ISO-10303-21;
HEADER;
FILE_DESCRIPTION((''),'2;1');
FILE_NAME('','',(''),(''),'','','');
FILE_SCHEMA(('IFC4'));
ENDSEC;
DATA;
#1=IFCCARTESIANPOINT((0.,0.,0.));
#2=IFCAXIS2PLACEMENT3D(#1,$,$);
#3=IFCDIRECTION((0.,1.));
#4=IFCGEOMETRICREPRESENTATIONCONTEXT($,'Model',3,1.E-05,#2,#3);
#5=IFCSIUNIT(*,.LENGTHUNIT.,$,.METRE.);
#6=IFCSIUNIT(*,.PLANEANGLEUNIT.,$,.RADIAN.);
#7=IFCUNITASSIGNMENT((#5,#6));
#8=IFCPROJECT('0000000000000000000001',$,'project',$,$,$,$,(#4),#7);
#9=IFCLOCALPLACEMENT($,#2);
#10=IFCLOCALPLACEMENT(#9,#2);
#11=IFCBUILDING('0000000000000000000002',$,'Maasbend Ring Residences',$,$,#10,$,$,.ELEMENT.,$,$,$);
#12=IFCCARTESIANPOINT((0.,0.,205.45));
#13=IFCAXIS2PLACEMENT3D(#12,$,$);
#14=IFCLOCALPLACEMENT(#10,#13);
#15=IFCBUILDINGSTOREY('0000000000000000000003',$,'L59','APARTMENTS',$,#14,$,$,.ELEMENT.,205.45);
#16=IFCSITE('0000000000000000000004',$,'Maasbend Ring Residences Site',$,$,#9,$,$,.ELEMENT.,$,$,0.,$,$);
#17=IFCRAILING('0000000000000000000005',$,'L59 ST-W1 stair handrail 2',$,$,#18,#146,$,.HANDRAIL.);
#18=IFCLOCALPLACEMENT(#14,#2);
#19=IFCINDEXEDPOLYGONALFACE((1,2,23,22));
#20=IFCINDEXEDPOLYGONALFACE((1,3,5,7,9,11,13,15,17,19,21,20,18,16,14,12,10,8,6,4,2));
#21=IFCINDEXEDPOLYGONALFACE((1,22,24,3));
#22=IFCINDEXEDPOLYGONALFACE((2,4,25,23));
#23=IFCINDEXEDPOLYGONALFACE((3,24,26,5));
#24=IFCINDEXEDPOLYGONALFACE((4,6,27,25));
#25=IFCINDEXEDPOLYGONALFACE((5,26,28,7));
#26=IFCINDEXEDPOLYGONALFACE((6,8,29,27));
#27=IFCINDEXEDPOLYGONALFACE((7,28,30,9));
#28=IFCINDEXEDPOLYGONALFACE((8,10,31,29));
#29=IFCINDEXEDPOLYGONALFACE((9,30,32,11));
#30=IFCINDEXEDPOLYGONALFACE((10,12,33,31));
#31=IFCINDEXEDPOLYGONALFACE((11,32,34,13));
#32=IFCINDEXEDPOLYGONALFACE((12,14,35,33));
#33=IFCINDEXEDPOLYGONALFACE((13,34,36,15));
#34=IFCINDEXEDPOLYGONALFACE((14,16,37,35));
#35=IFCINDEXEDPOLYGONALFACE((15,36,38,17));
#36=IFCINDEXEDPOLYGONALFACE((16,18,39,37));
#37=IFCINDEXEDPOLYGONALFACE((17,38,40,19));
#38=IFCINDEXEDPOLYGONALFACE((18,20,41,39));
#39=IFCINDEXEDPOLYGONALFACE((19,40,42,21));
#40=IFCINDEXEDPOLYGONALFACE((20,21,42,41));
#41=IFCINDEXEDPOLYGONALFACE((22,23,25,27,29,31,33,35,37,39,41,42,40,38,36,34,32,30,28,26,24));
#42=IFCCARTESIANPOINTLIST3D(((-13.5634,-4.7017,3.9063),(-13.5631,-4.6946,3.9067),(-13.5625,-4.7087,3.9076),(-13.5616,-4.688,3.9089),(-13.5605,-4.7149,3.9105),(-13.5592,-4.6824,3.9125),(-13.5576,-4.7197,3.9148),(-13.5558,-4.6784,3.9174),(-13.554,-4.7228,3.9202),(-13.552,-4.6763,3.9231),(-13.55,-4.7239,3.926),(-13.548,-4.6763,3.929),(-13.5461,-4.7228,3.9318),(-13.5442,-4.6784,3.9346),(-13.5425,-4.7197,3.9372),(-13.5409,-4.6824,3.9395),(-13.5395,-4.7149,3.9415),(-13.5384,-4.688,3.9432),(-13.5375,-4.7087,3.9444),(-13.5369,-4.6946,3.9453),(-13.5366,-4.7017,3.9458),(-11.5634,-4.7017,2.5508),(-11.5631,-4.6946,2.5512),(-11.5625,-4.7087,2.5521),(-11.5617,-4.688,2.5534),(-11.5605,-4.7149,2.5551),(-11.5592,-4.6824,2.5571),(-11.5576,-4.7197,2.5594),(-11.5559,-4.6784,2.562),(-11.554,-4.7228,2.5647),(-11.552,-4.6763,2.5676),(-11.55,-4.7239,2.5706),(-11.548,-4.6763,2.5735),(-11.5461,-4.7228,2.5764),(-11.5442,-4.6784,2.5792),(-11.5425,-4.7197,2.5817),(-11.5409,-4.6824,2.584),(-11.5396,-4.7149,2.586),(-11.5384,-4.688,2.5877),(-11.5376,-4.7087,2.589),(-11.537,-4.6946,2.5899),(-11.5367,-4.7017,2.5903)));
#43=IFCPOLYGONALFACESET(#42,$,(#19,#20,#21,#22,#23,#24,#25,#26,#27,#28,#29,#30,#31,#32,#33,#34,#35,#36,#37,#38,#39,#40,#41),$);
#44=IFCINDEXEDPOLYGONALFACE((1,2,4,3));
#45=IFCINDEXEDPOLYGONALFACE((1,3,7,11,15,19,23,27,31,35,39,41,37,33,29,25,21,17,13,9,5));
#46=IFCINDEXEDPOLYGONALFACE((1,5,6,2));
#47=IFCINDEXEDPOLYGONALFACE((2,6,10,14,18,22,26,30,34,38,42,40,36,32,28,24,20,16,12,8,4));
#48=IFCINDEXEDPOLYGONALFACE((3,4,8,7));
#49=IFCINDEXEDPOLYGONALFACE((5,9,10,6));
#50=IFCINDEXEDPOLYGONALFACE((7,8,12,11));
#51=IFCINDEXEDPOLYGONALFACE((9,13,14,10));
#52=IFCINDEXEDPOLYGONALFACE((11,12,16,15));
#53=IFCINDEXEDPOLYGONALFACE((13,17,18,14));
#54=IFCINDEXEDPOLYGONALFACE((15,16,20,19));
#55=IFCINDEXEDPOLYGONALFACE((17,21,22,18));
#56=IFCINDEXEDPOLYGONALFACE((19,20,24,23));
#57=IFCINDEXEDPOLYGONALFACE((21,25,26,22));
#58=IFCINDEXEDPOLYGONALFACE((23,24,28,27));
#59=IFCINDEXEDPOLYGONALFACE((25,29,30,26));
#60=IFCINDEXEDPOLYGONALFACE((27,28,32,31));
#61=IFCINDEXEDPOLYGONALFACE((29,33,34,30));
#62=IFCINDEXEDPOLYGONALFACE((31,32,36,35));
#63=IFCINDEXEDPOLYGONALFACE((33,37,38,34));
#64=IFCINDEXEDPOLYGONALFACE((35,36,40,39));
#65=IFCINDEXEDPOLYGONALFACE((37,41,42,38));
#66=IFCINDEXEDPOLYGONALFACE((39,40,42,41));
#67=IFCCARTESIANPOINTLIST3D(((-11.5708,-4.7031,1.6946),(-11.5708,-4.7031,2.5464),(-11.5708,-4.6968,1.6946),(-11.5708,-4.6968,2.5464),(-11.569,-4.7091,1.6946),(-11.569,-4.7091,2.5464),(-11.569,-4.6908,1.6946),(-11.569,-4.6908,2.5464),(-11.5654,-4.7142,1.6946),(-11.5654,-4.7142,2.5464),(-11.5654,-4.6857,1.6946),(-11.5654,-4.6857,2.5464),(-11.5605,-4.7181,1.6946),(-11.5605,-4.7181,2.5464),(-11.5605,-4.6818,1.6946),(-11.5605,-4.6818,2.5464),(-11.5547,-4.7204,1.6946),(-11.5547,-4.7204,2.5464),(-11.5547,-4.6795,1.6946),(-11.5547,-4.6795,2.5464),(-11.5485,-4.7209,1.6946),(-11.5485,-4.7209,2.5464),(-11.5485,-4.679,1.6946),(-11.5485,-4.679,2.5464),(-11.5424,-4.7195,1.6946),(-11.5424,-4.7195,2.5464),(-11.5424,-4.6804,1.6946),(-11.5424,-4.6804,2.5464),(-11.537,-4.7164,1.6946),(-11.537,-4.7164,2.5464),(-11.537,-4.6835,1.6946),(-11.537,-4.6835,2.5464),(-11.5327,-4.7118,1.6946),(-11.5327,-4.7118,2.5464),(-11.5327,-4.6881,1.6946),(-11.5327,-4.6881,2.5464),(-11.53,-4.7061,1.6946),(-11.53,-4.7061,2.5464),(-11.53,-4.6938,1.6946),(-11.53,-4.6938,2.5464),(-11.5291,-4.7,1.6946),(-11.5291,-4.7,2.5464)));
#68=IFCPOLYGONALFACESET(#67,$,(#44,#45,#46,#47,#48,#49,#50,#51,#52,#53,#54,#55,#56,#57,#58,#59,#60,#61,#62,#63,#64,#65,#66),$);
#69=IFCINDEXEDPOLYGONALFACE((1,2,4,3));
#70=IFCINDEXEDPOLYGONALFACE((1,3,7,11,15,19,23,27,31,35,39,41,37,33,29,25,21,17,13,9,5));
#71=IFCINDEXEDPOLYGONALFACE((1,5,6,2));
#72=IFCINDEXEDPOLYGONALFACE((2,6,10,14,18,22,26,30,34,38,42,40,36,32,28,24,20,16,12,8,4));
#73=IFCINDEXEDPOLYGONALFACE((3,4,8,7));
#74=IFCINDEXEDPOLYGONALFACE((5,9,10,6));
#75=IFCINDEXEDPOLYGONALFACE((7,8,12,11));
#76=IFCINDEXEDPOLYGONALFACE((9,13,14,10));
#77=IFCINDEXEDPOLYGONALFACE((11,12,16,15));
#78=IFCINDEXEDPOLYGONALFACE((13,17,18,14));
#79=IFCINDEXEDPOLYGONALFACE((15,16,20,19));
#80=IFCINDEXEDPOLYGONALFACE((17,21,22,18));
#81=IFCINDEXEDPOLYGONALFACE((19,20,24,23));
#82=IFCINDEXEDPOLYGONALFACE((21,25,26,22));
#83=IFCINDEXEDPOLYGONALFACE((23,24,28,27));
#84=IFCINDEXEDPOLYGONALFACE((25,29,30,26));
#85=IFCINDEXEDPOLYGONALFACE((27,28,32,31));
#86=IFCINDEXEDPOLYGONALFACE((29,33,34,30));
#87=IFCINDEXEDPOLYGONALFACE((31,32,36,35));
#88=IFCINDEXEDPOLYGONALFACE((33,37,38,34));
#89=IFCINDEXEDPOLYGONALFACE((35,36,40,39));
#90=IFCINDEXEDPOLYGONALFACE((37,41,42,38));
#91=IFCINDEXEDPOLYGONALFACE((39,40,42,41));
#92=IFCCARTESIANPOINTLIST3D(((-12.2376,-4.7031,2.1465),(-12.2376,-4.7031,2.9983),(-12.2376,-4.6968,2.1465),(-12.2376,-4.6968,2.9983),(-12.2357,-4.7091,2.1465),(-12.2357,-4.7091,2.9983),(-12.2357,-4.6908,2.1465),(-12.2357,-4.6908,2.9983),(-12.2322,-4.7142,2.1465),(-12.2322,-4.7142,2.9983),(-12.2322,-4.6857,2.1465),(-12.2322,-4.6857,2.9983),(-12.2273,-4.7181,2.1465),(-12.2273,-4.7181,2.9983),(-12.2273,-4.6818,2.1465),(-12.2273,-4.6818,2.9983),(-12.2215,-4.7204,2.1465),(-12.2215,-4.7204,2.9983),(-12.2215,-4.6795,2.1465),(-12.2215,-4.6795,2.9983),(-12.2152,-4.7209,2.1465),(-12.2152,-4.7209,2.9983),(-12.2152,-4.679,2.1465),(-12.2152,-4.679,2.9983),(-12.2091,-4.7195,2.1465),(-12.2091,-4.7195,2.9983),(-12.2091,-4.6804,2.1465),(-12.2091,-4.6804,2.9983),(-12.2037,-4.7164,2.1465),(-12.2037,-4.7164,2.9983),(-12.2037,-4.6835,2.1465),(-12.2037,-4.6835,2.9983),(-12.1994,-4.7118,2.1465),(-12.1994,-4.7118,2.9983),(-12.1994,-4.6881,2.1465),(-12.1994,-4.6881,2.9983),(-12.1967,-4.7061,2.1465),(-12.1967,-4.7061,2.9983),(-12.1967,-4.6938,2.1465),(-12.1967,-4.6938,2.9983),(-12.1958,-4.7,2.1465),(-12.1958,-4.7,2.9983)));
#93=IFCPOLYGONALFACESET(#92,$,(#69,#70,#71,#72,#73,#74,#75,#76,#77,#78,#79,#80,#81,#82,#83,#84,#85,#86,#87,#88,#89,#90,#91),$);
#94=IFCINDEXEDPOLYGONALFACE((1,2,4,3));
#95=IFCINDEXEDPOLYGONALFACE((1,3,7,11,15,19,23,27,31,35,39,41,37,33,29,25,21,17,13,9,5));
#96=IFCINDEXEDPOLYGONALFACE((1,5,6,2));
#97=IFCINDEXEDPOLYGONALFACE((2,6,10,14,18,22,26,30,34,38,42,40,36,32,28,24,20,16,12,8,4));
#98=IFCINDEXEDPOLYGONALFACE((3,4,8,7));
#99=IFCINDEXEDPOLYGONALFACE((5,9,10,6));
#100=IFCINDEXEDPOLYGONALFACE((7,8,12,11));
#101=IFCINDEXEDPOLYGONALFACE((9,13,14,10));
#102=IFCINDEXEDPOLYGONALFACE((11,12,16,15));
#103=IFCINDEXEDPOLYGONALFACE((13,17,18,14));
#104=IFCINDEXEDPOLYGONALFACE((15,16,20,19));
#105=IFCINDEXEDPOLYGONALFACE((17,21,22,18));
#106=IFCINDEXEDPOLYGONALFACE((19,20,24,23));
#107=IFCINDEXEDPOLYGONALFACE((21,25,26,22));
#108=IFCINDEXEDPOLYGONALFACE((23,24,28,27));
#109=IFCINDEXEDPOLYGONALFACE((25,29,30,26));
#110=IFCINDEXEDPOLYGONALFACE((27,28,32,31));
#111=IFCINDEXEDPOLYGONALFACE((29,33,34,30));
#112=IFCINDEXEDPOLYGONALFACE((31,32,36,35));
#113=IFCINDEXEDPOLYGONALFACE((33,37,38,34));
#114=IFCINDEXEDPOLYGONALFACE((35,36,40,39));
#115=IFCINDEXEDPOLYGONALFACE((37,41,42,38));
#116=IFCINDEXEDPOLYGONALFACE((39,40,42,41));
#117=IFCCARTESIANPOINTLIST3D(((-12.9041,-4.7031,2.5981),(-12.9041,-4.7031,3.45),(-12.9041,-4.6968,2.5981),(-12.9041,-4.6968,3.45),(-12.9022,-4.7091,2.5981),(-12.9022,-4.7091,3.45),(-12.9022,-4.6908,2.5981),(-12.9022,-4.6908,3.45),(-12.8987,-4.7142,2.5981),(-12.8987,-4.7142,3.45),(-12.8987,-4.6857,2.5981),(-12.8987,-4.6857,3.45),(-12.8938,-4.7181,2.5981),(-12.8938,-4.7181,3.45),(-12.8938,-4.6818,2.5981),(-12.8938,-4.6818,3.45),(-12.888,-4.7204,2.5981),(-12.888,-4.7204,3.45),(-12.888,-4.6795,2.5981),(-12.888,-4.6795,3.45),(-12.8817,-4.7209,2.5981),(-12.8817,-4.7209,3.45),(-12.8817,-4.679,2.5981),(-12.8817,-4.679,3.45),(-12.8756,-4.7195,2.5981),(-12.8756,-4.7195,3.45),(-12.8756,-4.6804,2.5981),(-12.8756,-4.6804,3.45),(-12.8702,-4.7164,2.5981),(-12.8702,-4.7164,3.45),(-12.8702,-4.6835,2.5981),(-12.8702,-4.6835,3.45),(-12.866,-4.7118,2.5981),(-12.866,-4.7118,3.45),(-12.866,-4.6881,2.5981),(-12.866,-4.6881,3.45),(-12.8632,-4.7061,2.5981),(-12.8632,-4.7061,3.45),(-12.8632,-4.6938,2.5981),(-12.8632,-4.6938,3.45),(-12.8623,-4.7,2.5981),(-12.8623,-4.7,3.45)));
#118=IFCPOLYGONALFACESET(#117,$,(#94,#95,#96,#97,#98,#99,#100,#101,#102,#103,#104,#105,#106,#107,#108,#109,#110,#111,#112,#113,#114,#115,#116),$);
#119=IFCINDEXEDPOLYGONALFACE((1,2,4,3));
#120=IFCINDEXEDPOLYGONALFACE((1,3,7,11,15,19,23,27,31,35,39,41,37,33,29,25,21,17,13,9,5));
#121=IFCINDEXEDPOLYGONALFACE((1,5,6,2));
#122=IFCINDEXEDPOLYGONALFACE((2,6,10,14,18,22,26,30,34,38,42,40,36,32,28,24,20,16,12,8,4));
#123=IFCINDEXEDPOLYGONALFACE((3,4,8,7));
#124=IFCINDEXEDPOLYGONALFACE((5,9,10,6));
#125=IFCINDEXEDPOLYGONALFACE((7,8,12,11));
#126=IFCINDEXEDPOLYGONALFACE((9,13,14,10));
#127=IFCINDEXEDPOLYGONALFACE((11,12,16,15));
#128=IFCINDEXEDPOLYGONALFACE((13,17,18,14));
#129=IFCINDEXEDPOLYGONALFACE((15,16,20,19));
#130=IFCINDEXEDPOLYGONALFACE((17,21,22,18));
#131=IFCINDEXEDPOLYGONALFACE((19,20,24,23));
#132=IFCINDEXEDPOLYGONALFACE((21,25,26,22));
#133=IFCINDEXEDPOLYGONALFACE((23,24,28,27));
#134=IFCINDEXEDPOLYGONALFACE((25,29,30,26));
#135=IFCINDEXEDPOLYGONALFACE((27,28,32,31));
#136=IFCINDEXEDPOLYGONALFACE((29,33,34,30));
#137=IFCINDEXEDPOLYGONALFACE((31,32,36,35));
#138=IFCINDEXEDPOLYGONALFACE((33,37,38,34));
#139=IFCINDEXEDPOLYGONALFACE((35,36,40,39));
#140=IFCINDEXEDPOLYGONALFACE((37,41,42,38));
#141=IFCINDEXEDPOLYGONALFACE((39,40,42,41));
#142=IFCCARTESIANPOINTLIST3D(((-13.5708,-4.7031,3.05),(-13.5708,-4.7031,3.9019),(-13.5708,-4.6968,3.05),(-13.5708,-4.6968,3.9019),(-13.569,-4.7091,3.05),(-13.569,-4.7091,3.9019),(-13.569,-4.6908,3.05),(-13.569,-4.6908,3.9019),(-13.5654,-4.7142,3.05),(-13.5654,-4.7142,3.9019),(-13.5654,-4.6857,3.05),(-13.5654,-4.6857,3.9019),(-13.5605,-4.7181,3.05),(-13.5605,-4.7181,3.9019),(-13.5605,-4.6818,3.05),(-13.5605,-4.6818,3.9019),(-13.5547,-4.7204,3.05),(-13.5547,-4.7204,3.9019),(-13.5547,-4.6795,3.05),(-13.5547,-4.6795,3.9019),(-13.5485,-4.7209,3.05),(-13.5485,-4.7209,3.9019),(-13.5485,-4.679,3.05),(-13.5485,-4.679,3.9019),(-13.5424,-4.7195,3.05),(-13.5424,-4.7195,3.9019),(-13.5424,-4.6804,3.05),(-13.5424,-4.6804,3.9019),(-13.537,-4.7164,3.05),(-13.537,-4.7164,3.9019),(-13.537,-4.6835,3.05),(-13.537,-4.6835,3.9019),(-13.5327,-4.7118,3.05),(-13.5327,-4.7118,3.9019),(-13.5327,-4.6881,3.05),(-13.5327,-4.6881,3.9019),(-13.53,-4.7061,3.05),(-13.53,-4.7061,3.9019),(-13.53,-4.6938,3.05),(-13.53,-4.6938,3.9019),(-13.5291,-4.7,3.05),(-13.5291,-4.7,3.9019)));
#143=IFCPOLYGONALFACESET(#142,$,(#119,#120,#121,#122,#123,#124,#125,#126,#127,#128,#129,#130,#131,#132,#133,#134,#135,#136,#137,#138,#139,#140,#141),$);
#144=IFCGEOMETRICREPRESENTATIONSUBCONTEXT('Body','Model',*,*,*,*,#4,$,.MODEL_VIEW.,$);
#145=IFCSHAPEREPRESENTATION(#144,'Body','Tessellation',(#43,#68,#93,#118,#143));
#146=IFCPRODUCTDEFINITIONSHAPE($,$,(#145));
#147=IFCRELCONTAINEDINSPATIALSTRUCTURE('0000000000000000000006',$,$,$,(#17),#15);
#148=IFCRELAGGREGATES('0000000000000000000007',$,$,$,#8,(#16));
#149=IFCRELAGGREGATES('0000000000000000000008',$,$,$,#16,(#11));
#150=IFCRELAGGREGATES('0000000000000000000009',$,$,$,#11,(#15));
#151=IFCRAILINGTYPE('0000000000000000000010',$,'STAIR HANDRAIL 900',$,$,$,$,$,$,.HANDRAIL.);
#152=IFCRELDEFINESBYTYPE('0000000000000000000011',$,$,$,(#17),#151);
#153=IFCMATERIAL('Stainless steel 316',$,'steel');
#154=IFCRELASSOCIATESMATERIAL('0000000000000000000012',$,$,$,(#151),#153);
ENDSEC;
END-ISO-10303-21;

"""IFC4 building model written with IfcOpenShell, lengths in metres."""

from ifc_helpers import new_model, si_unit, direction, frame, origin, origin_2d, place, context, subcontext, project, spatial, circle, extrude, material, type_object, element, save


model = new_model("IFC4")

# Units and contexts
model_context = context("Model", 3, precision=1e-05, world=origin(), true_north=direction((0.0, 1.0)))
body_context = subcontext(model_context, "Body", "Model", "MODEL_VIEW")
ifc_project = project(units=[si_unit("LENGTHUNIT", "METRE"), si_unit("PLANEANGLEUNIT", "RADIAN")], contexts=[model_context])

# Site, building, storey
site_placement = place(None, origin())
site = spatial("IfcSite", under=ifc_project, at=site_placement, Name="Maasbend Ring Residences Site", CompositionType="ELEMENT", RefElevation=0.0)
building_placement = place(site_placement, origin())
building = spatial("IfcBuilding", under=site, at=building_placement, Name="Maasbend Ring Residences", CompositionType="ELEMENT")
storey_placement = place(building_placement, frame((0.0, 0.0, 205.45)))
storey = spatial("IfcBuildingStorey", under=building, at=storey_placement, Name="L59", Description="APARTMENTS", CompositionType="ELEMENT", Elevation=205.45)

# Railing
ifc_material_1 = material(Name="Stainless steel 316", Category="steel")
railing_type_1 = type_object("IfcRailingType", Name="STAIR HANDRAIL 900", PredefinedType="HANDRAIL", material=ifc_material_1)
railing_1_placement = place(storey_placement, frame((-11.55, -4.7, 1.6946)))
element("IfcRailing", 1, at=railing_1_placement, inside=storey, type_object=railing_type_1, Name="L59 ST-W1 stair handrail 2", PredefinedType="HANDRAIL", context=body_context, shape_type="SweptSolid", body=[
    extrude(circle(Radius=0.0239, at=origin_2d()), frame((0.0, 0.0, 0.876), z_axis=(-0.827798, 0.0, 0.561027), x_axis=(0.0, -1.0, 0.0)), (0.0, 0.0, 1.0), 2.416),
    extrude(circle(Radius=0.021, at=origin_2d()), origin(), (0.0, 0.0, 1.0), 0.8518),
    extrude(circle(Radius=0.021, at=origin_2d()), frame((-0.6667, 0.0, 0.4519)), (0.0, 0.0, 1.0), 0.8518),
    extrude(circle(Radius=0.021, at=origin_2d()), frame((-1.3333, 0.0, 0.9036)), (0.0, 0.0, 1.0), 0.8518),
    extrude(circle(Radius=0.021, at=origin_2d()), frame((-2.0, 0.0, 1.3555)), (0.0, 0.0, 1.0), 0.8518),
])

save(model, "model.ifc")
